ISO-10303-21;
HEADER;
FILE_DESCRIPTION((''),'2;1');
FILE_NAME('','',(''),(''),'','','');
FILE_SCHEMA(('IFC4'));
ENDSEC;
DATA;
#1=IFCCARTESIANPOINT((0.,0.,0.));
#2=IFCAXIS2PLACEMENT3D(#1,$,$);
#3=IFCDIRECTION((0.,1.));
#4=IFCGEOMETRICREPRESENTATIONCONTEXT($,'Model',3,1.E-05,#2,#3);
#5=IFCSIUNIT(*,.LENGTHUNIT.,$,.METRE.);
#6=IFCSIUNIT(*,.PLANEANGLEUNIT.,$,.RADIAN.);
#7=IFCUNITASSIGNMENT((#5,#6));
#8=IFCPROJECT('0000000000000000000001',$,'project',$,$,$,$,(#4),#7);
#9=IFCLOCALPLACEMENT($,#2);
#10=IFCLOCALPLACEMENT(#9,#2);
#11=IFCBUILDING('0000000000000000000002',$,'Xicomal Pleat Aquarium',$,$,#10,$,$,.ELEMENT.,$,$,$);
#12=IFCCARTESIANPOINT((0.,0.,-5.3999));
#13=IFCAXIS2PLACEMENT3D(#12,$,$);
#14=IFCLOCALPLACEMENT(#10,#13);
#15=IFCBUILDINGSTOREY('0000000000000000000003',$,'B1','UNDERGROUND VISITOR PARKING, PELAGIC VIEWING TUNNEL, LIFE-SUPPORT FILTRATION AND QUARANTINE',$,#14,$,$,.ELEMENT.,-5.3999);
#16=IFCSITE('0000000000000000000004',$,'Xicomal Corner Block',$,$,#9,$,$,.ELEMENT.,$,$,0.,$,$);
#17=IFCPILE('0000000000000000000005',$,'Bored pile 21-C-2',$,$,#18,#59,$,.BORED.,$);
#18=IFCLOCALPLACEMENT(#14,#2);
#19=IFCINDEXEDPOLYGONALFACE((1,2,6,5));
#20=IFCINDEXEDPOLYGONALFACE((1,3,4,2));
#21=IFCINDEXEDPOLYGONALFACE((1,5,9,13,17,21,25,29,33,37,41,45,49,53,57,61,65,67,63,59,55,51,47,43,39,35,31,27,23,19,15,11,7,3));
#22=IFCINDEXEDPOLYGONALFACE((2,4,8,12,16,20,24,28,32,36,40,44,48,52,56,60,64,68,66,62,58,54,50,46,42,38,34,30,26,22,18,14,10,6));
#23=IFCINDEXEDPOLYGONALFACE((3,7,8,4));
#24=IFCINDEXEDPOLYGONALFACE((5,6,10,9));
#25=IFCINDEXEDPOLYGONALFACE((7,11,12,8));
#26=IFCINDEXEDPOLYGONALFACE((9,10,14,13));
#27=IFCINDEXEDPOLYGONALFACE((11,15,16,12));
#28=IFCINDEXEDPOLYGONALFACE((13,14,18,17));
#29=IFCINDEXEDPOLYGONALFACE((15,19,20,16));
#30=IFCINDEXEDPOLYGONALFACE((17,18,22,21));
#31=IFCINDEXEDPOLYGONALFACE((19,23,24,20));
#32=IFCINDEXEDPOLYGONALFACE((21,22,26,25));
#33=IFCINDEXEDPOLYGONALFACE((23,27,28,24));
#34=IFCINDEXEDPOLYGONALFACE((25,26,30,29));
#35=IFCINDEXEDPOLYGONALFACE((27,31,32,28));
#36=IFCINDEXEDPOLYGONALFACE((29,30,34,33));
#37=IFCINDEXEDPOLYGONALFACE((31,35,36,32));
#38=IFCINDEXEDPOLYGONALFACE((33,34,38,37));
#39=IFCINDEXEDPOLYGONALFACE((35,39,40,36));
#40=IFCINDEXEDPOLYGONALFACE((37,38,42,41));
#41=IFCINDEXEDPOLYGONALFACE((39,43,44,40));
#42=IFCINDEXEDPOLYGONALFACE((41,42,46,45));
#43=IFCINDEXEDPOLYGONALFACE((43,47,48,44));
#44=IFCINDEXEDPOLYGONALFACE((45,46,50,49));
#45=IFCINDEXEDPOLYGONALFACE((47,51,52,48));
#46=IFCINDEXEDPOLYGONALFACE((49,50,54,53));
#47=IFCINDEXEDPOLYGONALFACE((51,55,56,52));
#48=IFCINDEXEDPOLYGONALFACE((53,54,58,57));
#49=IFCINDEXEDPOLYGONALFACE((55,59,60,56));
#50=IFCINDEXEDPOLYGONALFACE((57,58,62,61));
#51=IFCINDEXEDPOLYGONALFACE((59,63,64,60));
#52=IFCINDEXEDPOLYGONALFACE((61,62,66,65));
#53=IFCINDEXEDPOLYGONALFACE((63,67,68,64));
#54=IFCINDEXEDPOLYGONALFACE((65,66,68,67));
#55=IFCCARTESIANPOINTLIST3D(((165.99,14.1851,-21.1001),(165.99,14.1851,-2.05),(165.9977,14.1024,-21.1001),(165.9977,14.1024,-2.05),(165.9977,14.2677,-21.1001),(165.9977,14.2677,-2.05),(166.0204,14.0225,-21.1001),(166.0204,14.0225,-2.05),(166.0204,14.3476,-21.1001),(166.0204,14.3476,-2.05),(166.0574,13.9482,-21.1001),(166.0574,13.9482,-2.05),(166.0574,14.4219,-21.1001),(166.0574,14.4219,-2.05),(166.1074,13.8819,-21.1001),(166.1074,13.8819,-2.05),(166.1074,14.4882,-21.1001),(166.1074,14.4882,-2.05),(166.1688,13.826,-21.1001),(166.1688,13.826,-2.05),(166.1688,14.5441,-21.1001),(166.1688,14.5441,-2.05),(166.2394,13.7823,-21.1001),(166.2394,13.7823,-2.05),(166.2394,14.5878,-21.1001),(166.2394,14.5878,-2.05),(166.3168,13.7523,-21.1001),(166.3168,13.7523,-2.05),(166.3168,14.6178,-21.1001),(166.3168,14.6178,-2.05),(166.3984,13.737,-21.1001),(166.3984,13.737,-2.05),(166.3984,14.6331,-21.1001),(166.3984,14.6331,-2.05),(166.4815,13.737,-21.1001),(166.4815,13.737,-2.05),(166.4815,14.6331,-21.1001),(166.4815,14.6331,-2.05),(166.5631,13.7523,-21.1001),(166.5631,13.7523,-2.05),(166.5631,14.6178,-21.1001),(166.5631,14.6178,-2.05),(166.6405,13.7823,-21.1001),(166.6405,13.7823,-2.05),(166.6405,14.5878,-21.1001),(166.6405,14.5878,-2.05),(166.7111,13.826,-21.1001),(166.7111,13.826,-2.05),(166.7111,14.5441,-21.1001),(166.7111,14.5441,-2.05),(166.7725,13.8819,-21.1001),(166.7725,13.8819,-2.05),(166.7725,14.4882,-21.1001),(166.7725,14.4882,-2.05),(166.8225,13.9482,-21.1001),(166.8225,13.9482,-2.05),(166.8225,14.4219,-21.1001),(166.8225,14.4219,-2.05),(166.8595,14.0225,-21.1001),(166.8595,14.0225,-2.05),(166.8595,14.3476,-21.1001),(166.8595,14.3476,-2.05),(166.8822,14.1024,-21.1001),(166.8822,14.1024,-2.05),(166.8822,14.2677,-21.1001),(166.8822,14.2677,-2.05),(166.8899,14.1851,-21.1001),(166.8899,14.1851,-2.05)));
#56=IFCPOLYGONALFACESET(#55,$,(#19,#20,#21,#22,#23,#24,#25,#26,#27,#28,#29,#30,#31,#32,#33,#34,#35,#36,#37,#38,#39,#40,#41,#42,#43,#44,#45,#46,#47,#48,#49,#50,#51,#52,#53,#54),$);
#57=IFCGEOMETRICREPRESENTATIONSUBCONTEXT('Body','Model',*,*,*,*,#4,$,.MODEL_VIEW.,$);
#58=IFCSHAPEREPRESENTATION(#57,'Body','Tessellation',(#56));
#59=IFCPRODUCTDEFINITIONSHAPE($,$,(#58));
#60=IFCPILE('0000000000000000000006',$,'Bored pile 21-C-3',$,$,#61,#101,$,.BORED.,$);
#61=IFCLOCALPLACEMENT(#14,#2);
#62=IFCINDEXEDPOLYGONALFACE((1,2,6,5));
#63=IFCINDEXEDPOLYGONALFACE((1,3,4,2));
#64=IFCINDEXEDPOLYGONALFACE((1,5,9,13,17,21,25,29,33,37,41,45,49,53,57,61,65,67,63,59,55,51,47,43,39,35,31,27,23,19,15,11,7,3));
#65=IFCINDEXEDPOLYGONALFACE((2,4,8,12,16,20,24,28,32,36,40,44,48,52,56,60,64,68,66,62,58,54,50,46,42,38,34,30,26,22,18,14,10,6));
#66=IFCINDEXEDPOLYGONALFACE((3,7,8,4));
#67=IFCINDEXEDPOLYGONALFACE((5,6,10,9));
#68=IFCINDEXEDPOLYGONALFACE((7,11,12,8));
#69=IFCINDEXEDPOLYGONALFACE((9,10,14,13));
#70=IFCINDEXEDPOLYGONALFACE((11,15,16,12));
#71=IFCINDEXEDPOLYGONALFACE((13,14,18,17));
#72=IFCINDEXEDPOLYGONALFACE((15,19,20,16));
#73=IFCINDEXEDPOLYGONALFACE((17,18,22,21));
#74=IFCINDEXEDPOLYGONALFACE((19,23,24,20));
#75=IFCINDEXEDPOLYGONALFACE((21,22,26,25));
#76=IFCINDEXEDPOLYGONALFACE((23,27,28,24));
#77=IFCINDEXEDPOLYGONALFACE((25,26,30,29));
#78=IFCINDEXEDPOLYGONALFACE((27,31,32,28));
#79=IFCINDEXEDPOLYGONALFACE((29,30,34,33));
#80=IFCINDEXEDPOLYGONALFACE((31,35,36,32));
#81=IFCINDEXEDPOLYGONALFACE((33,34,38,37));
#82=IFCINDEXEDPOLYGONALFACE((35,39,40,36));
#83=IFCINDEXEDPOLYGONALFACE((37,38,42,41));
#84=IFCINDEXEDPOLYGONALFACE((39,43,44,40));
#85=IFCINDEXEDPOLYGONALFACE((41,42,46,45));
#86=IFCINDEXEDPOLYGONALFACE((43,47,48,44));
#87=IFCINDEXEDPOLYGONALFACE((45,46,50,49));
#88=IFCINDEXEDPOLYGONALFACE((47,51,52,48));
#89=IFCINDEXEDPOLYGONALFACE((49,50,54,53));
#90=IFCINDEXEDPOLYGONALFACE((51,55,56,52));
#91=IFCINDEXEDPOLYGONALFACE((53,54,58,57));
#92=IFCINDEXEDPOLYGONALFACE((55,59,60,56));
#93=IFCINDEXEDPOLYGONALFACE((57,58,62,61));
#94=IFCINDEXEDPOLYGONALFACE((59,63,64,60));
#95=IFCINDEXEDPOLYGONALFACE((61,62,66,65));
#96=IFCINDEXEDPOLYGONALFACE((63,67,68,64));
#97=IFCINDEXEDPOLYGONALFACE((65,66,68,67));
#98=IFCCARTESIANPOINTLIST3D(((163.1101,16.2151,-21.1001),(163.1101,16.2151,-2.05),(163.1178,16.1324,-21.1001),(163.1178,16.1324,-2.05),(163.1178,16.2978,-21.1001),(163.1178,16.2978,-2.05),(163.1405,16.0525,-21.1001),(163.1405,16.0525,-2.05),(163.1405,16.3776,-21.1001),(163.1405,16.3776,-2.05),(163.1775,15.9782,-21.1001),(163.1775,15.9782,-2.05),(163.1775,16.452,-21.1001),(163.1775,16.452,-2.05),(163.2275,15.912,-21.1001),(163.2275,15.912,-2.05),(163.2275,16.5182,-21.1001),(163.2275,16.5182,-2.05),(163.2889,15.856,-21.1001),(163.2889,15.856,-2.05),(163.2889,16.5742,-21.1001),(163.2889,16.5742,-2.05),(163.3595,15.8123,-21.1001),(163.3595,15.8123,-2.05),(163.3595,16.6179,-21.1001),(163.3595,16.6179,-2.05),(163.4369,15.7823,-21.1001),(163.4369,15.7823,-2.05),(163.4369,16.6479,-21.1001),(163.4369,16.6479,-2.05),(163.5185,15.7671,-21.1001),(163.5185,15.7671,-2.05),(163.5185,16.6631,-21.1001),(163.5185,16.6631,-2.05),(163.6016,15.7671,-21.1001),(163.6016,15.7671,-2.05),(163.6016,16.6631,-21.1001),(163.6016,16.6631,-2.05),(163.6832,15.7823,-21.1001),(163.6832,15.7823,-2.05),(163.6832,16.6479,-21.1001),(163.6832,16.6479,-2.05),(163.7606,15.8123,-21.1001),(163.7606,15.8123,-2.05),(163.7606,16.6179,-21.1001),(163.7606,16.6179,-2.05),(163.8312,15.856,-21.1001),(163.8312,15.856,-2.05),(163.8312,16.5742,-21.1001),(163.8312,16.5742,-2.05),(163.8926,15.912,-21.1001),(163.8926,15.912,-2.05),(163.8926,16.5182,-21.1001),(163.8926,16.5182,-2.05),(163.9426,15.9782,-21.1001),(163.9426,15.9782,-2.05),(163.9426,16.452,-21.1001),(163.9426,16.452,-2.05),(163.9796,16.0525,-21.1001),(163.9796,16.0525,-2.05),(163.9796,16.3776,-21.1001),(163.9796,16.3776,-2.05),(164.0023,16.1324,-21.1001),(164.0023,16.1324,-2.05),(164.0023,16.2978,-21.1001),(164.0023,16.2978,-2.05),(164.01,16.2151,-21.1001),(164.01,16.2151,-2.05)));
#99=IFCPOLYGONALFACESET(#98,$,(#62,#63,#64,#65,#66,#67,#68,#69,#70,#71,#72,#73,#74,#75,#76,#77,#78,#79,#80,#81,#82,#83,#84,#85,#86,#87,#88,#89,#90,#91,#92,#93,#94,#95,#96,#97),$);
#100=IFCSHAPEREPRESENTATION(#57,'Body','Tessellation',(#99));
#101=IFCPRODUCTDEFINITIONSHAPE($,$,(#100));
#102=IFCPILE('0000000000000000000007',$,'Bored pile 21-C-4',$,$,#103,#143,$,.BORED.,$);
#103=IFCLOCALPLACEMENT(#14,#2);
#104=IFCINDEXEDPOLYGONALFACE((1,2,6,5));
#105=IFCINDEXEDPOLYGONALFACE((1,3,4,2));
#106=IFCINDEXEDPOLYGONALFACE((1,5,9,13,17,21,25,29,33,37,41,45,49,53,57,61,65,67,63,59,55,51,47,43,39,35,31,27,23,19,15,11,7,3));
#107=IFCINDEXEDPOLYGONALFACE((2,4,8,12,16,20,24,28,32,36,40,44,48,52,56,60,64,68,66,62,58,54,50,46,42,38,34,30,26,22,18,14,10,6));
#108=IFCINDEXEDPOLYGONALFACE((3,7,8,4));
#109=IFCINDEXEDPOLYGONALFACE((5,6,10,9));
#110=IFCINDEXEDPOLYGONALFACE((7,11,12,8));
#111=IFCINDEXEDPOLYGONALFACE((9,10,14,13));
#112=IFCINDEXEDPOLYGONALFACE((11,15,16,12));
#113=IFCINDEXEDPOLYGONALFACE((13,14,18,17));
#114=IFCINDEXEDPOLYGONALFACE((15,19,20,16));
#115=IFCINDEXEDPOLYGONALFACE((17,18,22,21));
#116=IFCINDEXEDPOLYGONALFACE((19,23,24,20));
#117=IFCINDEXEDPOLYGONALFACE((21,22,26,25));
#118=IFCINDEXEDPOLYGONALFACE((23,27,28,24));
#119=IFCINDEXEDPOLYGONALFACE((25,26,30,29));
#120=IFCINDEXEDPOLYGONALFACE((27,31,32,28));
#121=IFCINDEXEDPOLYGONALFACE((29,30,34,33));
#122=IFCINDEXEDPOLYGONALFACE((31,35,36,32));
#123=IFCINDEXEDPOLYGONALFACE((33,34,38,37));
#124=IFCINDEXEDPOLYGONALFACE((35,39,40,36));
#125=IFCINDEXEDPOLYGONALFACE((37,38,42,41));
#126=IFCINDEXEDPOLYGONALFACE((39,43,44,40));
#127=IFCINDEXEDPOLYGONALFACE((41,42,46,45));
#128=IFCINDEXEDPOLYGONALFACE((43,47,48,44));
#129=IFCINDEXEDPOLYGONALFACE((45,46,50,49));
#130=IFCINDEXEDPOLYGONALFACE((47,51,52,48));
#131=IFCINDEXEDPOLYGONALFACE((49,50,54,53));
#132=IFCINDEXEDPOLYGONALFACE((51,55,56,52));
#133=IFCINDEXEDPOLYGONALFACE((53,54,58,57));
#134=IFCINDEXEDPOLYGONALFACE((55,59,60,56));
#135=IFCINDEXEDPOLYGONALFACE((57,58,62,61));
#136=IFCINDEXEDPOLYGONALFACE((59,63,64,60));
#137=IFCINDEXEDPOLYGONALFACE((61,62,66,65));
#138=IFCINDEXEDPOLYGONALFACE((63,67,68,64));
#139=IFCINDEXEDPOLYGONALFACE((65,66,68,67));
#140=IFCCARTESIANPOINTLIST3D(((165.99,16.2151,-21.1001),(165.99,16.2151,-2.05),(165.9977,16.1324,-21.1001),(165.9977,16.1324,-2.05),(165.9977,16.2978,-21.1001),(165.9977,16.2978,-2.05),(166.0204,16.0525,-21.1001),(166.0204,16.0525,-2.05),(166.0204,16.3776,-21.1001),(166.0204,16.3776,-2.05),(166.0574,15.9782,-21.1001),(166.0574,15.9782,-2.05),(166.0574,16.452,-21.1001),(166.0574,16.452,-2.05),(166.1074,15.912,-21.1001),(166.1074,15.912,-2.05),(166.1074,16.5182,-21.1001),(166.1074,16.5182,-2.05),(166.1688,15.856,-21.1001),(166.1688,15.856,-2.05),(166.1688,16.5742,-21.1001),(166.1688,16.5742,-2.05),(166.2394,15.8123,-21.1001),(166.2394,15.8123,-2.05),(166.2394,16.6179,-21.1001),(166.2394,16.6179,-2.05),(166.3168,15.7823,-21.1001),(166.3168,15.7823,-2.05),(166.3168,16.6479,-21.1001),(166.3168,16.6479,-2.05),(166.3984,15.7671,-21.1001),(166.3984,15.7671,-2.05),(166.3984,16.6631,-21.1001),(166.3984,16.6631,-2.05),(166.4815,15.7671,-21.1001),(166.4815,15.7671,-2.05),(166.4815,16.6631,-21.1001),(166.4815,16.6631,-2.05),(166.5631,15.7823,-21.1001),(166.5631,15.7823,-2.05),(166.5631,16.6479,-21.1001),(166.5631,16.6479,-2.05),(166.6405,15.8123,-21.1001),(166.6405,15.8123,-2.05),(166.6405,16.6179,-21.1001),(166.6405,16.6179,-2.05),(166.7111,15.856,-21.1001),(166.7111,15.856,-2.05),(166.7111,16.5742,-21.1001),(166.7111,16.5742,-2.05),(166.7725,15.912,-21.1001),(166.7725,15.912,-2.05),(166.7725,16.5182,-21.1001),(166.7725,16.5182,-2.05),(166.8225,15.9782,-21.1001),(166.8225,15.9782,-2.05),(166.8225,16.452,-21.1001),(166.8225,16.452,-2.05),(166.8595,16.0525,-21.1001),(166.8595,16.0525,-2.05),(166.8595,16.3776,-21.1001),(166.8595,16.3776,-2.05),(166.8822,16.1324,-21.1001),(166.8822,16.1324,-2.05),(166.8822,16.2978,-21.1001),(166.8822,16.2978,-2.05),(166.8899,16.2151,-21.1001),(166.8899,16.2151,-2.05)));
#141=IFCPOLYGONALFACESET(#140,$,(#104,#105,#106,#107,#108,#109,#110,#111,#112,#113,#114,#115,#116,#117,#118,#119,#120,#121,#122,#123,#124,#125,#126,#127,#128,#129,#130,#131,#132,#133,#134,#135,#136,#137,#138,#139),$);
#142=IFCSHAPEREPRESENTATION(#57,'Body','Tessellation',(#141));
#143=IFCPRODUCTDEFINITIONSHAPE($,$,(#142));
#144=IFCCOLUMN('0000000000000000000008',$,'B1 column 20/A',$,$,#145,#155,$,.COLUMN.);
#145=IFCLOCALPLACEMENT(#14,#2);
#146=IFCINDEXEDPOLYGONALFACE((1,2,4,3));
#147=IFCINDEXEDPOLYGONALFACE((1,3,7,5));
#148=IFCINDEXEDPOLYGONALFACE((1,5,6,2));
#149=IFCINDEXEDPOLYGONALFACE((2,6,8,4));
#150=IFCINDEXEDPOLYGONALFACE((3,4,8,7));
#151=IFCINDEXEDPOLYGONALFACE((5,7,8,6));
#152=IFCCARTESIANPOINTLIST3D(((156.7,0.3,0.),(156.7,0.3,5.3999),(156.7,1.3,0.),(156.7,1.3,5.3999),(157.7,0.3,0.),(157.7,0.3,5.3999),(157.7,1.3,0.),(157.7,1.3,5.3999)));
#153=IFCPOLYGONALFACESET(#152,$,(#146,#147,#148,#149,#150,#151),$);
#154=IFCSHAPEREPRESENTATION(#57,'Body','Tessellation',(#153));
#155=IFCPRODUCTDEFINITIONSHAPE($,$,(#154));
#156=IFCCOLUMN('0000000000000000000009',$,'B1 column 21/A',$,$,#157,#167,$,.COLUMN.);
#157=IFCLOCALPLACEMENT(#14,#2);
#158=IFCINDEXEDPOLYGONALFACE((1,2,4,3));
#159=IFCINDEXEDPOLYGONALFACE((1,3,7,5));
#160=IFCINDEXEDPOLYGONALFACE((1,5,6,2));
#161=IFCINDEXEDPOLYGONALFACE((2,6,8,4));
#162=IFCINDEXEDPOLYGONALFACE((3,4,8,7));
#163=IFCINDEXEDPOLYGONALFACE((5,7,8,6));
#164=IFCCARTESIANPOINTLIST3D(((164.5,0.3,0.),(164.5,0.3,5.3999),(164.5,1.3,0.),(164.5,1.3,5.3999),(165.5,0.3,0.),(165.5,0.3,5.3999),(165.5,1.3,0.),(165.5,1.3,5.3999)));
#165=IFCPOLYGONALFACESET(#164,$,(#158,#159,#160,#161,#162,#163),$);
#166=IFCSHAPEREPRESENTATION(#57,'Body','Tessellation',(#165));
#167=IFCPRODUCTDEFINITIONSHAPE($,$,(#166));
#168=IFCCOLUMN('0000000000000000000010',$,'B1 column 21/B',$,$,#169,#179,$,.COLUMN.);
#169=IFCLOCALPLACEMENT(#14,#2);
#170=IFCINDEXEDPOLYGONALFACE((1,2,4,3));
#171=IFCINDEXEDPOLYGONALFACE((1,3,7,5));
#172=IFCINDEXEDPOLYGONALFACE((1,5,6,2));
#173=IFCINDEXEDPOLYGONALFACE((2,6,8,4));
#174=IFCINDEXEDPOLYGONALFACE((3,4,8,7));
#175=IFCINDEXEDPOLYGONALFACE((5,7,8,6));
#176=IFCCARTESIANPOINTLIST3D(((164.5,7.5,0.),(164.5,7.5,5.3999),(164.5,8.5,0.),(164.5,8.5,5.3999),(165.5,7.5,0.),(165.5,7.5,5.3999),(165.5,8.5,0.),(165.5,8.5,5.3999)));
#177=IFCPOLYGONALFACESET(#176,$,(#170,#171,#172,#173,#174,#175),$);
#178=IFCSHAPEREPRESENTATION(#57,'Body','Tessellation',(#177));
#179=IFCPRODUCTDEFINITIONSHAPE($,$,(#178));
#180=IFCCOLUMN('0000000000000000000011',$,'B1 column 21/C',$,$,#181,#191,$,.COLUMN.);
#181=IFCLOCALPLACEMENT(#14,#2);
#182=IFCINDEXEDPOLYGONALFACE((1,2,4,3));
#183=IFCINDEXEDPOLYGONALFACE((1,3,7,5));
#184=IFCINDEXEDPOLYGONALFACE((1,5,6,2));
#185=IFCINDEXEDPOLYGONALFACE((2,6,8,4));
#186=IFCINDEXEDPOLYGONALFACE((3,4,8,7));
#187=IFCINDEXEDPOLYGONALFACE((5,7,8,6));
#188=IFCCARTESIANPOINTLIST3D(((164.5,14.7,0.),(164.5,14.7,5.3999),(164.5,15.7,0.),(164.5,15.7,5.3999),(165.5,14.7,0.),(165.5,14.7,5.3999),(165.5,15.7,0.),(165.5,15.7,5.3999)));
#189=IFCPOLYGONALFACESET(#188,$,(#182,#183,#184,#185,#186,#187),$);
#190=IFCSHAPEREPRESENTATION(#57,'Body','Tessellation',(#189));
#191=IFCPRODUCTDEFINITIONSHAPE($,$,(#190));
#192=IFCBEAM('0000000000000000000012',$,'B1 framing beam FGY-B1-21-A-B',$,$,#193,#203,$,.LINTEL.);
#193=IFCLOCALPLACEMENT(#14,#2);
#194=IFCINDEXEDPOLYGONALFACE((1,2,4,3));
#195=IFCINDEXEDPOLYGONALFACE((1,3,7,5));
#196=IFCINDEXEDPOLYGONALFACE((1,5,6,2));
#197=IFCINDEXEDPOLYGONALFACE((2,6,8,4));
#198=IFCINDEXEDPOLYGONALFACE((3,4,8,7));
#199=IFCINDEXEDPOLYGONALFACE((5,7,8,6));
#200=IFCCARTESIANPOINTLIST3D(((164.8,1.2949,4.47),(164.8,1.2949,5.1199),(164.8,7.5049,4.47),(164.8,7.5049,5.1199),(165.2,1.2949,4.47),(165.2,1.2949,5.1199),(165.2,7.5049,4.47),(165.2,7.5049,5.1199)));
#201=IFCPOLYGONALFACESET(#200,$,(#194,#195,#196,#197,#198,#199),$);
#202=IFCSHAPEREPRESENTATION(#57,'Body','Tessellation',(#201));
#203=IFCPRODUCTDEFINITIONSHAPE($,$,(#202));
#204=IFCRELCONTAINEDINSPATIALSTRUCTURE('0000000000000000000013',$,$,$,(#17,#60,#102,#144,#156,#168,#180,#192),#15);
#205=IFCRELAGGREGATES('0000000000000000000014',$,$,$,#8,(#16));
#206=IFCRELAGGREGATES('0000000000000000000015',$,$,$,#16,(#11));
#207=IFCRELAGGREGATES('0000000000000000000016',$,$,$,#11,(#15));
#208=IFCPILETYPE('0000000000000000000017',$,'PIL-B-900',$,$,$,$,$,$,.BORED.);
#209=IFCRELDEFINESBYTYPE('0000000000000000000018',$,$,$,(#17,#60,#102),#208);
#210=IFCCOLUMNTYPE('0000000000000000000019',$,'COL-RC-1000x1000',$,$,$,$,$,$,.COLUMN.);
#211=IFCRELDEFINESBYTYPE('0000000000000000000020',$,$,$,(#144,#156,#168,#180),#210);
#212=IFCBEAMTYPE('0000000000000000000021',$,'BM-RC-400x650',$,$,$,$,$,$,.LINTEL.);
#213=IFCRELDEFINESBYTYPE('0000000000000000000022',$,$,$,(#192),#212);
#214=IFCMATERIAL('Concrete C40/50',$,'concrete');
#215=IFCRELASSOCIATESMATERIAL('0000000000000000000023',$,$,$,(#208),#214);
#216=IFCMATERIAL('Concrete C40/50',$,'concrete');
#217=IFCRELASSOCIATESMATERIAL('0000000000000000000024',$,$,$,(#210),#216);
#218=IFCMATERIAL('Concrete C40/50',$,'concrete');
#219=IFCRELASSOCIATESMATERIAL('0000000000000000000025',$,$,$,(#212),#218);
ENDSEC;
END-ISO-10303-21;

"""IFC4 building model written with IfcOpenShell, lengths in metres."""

from ifc_helpers import new_model, si_unit, direction, frame, origin, origin_2d, place, context, subcontext, project, spatial, rectangle, circle, extrude, material, material_profile, profile_set, type_object, element, save


model = new_model("IFC4")

# Units and contexts
model_context = context("Model", 3, precision=1e-05, world=origin(), true_north=direction((0.0, 1.0)))
body_context = subcontext(model_context, "Body", "Model", "MODEL_VIEW")
ifc_project = project(units=[si_unit("LENGTHUNIT", "METRE"), si_unit("PLANEANGLEUNIT", "RADIAN")], contexts=[model_context])

# Site, building, storey
site_placement = place(None, origin())
site = spatial("IfcSite", under=ifc_project, at=site_placement, Name="Xicomal Corner Block", CompositionType="ELEMENT", RefElevation=0.0)
building_placement = place(site_placement, origin())
building = spatial("IfcBuilding", under=site, at=building_placement, Name="Xicomal Pleat Aquarium", CompositionType="ELEMENT")
storey_placement = place(building_placement, frame((0.0, 0.0, -5.3999)))
storey = spatial("IfcBuildingStorey", under=building, at=storey_placement, Name="B1", Description="UNDERGROUND VISITOR PARKING, PELAGIC VIEWING TUNNEL, LIFE-SUPPORT FILTRATION AND QUARANTINE", CompositionType="ELEMENT", Elevation=-5.3999)

# Piles
ifc_material_1 = material(Name="Concrete C40/50", Category="concrete")
ifc_material_profile_1 = material_profile(ifc_material_1, circle(Radius=0.45, at=origin_2d()), Name="BORED PILE D900")
ifc_profile_set_1 = profile_set([ifc_material_profile_1], Name="Concrete C40/50")
pile_type_1 = type_object("IfcPileType", Name="PIL-B-900", PredefinedType="BORED", material=ifc_profile_set_1)
for number, where, z_axis, x_axis, name in (
    (1, (166.4399, 14.1851, -2.05), (0.0, 0.0, -1.0), (1.0, 0.0, 0.0), "Bored pile 21-C-2"),
    (2, (163.5601, 16.2151, -2.05), (0.0, 0.0, -1.0), (1.0, 0.0, 0.0), "Bored pile 21-C-3"),
    (3, (166.4399, 16.2151, -2.05), (0.0, 0.0, -1.0), (1.0, 0.0, 0.0), "Bored pile 21-C-4"),
):
    element("IfcPile", number, at=place(storey_placement, frame(where, z_axis=z_axis, x_axis=x_axis)), inside=storey, type_object=pile_type_1, Name=name, PredefinedType="BORED", context=body_context, shape_type="SweptSolid", body=[
        extrude(circle(Radius=0.45, at=origin_2d()), origin(), (0.0, 0.0, 1.0), 19.05),
    ])

# Columns
ifc_material_2 = material(Name="Concrete C40/50", Category="concrete")
ifc_material_profile_2 = material_profile(ifc_material_2, rectangle(XDim=1.0, YDim=1.0, at=origin_2d()), Name="RC 1000x1000")
ifc_profile_set_2 = profile_set([ifc_material_profile_2], Name="Concrete C40/50")
column_type = type_object("IfcColumnType", Name="COL-RC-1000x1000", PredefinedType="COLUMN", material=ifc_profile_set_2)
for number, where, z_axis, x_axis, name in (
    (4, (157.2, 0.8, 0.0), (0.0, 0.0, 1.0), (1.0, 0.0, 0.0), "B1 column 20/A"),
    (5, (165.0, 0.8, 0.0), (0.0, 0.0, 1.0), (1.0, 0.0, 0.0), "B1 column 21/A"),
    (6, (165.0, 8.0, 0.0), (0.0, 0.0, 1.0), (1.0, 0.0, 0.0), "B1 column 21/B"),
    (7, (165.0, 15.2, 0.0), (0.0, 0.0, 1.0), (1.0, 0.0, 0.0), "B1 column 21/C"),
):
    element("IfcColumn", number, at=place(storey_placement, frame(where, z_axis=z_axis, x_axis=x_axis)), inside=storey, type_object=column_type, Name=name, PredefinedType="COLUMN", context=body_context, shape_type="SweptSolid", body=[
        extrude(rectangle(XDim=1.0, YDim=1.0, at=origin_2d()), origin(), (0.0, 0.0, 1.0), 5.3999),
    ])

# Beam
ifc_material_3 = material(Name="Concrete C40/50", Category="concrete")
ifc_material_profile_3 = material_profile(ifc_material_3, rectangle(XDim=0.3999, YDim=0.6499, at=origin_2d()), Name="RC 400x650")
ifc_profile_set_3 = profile_set([ifc_material_profile_3], Name="Concrete C40/50")
beam_type_1 = type_object("IfcBeamType", Name="BM-RC-400x650", PredefinedType="LINTEL", material=ifc_profile_set_3)
beam_1_placement = place(storey_placement, frame((165.0, 1.2949, 4.7949), z_axis=(0.0, 1.0, 0.0), x_axis=(-1.0, 0.0, 0.0)))
element("IfcBeam", 8, at=beam_1_placement, inside=storey, type_object=beam_type_1, Name="B1 framing beam FGY-B1-21-A-B", PredefinedType="LINTEL", context=body_context, shape_type="SweptSolid", body=[
    extrude(rectangle(XDim=0.3999, YDim=0.6499, at=origin_2d()), origin(), (0.0, 0.0, 1.0), 6.21),
])

save(model, "model.ifc")
